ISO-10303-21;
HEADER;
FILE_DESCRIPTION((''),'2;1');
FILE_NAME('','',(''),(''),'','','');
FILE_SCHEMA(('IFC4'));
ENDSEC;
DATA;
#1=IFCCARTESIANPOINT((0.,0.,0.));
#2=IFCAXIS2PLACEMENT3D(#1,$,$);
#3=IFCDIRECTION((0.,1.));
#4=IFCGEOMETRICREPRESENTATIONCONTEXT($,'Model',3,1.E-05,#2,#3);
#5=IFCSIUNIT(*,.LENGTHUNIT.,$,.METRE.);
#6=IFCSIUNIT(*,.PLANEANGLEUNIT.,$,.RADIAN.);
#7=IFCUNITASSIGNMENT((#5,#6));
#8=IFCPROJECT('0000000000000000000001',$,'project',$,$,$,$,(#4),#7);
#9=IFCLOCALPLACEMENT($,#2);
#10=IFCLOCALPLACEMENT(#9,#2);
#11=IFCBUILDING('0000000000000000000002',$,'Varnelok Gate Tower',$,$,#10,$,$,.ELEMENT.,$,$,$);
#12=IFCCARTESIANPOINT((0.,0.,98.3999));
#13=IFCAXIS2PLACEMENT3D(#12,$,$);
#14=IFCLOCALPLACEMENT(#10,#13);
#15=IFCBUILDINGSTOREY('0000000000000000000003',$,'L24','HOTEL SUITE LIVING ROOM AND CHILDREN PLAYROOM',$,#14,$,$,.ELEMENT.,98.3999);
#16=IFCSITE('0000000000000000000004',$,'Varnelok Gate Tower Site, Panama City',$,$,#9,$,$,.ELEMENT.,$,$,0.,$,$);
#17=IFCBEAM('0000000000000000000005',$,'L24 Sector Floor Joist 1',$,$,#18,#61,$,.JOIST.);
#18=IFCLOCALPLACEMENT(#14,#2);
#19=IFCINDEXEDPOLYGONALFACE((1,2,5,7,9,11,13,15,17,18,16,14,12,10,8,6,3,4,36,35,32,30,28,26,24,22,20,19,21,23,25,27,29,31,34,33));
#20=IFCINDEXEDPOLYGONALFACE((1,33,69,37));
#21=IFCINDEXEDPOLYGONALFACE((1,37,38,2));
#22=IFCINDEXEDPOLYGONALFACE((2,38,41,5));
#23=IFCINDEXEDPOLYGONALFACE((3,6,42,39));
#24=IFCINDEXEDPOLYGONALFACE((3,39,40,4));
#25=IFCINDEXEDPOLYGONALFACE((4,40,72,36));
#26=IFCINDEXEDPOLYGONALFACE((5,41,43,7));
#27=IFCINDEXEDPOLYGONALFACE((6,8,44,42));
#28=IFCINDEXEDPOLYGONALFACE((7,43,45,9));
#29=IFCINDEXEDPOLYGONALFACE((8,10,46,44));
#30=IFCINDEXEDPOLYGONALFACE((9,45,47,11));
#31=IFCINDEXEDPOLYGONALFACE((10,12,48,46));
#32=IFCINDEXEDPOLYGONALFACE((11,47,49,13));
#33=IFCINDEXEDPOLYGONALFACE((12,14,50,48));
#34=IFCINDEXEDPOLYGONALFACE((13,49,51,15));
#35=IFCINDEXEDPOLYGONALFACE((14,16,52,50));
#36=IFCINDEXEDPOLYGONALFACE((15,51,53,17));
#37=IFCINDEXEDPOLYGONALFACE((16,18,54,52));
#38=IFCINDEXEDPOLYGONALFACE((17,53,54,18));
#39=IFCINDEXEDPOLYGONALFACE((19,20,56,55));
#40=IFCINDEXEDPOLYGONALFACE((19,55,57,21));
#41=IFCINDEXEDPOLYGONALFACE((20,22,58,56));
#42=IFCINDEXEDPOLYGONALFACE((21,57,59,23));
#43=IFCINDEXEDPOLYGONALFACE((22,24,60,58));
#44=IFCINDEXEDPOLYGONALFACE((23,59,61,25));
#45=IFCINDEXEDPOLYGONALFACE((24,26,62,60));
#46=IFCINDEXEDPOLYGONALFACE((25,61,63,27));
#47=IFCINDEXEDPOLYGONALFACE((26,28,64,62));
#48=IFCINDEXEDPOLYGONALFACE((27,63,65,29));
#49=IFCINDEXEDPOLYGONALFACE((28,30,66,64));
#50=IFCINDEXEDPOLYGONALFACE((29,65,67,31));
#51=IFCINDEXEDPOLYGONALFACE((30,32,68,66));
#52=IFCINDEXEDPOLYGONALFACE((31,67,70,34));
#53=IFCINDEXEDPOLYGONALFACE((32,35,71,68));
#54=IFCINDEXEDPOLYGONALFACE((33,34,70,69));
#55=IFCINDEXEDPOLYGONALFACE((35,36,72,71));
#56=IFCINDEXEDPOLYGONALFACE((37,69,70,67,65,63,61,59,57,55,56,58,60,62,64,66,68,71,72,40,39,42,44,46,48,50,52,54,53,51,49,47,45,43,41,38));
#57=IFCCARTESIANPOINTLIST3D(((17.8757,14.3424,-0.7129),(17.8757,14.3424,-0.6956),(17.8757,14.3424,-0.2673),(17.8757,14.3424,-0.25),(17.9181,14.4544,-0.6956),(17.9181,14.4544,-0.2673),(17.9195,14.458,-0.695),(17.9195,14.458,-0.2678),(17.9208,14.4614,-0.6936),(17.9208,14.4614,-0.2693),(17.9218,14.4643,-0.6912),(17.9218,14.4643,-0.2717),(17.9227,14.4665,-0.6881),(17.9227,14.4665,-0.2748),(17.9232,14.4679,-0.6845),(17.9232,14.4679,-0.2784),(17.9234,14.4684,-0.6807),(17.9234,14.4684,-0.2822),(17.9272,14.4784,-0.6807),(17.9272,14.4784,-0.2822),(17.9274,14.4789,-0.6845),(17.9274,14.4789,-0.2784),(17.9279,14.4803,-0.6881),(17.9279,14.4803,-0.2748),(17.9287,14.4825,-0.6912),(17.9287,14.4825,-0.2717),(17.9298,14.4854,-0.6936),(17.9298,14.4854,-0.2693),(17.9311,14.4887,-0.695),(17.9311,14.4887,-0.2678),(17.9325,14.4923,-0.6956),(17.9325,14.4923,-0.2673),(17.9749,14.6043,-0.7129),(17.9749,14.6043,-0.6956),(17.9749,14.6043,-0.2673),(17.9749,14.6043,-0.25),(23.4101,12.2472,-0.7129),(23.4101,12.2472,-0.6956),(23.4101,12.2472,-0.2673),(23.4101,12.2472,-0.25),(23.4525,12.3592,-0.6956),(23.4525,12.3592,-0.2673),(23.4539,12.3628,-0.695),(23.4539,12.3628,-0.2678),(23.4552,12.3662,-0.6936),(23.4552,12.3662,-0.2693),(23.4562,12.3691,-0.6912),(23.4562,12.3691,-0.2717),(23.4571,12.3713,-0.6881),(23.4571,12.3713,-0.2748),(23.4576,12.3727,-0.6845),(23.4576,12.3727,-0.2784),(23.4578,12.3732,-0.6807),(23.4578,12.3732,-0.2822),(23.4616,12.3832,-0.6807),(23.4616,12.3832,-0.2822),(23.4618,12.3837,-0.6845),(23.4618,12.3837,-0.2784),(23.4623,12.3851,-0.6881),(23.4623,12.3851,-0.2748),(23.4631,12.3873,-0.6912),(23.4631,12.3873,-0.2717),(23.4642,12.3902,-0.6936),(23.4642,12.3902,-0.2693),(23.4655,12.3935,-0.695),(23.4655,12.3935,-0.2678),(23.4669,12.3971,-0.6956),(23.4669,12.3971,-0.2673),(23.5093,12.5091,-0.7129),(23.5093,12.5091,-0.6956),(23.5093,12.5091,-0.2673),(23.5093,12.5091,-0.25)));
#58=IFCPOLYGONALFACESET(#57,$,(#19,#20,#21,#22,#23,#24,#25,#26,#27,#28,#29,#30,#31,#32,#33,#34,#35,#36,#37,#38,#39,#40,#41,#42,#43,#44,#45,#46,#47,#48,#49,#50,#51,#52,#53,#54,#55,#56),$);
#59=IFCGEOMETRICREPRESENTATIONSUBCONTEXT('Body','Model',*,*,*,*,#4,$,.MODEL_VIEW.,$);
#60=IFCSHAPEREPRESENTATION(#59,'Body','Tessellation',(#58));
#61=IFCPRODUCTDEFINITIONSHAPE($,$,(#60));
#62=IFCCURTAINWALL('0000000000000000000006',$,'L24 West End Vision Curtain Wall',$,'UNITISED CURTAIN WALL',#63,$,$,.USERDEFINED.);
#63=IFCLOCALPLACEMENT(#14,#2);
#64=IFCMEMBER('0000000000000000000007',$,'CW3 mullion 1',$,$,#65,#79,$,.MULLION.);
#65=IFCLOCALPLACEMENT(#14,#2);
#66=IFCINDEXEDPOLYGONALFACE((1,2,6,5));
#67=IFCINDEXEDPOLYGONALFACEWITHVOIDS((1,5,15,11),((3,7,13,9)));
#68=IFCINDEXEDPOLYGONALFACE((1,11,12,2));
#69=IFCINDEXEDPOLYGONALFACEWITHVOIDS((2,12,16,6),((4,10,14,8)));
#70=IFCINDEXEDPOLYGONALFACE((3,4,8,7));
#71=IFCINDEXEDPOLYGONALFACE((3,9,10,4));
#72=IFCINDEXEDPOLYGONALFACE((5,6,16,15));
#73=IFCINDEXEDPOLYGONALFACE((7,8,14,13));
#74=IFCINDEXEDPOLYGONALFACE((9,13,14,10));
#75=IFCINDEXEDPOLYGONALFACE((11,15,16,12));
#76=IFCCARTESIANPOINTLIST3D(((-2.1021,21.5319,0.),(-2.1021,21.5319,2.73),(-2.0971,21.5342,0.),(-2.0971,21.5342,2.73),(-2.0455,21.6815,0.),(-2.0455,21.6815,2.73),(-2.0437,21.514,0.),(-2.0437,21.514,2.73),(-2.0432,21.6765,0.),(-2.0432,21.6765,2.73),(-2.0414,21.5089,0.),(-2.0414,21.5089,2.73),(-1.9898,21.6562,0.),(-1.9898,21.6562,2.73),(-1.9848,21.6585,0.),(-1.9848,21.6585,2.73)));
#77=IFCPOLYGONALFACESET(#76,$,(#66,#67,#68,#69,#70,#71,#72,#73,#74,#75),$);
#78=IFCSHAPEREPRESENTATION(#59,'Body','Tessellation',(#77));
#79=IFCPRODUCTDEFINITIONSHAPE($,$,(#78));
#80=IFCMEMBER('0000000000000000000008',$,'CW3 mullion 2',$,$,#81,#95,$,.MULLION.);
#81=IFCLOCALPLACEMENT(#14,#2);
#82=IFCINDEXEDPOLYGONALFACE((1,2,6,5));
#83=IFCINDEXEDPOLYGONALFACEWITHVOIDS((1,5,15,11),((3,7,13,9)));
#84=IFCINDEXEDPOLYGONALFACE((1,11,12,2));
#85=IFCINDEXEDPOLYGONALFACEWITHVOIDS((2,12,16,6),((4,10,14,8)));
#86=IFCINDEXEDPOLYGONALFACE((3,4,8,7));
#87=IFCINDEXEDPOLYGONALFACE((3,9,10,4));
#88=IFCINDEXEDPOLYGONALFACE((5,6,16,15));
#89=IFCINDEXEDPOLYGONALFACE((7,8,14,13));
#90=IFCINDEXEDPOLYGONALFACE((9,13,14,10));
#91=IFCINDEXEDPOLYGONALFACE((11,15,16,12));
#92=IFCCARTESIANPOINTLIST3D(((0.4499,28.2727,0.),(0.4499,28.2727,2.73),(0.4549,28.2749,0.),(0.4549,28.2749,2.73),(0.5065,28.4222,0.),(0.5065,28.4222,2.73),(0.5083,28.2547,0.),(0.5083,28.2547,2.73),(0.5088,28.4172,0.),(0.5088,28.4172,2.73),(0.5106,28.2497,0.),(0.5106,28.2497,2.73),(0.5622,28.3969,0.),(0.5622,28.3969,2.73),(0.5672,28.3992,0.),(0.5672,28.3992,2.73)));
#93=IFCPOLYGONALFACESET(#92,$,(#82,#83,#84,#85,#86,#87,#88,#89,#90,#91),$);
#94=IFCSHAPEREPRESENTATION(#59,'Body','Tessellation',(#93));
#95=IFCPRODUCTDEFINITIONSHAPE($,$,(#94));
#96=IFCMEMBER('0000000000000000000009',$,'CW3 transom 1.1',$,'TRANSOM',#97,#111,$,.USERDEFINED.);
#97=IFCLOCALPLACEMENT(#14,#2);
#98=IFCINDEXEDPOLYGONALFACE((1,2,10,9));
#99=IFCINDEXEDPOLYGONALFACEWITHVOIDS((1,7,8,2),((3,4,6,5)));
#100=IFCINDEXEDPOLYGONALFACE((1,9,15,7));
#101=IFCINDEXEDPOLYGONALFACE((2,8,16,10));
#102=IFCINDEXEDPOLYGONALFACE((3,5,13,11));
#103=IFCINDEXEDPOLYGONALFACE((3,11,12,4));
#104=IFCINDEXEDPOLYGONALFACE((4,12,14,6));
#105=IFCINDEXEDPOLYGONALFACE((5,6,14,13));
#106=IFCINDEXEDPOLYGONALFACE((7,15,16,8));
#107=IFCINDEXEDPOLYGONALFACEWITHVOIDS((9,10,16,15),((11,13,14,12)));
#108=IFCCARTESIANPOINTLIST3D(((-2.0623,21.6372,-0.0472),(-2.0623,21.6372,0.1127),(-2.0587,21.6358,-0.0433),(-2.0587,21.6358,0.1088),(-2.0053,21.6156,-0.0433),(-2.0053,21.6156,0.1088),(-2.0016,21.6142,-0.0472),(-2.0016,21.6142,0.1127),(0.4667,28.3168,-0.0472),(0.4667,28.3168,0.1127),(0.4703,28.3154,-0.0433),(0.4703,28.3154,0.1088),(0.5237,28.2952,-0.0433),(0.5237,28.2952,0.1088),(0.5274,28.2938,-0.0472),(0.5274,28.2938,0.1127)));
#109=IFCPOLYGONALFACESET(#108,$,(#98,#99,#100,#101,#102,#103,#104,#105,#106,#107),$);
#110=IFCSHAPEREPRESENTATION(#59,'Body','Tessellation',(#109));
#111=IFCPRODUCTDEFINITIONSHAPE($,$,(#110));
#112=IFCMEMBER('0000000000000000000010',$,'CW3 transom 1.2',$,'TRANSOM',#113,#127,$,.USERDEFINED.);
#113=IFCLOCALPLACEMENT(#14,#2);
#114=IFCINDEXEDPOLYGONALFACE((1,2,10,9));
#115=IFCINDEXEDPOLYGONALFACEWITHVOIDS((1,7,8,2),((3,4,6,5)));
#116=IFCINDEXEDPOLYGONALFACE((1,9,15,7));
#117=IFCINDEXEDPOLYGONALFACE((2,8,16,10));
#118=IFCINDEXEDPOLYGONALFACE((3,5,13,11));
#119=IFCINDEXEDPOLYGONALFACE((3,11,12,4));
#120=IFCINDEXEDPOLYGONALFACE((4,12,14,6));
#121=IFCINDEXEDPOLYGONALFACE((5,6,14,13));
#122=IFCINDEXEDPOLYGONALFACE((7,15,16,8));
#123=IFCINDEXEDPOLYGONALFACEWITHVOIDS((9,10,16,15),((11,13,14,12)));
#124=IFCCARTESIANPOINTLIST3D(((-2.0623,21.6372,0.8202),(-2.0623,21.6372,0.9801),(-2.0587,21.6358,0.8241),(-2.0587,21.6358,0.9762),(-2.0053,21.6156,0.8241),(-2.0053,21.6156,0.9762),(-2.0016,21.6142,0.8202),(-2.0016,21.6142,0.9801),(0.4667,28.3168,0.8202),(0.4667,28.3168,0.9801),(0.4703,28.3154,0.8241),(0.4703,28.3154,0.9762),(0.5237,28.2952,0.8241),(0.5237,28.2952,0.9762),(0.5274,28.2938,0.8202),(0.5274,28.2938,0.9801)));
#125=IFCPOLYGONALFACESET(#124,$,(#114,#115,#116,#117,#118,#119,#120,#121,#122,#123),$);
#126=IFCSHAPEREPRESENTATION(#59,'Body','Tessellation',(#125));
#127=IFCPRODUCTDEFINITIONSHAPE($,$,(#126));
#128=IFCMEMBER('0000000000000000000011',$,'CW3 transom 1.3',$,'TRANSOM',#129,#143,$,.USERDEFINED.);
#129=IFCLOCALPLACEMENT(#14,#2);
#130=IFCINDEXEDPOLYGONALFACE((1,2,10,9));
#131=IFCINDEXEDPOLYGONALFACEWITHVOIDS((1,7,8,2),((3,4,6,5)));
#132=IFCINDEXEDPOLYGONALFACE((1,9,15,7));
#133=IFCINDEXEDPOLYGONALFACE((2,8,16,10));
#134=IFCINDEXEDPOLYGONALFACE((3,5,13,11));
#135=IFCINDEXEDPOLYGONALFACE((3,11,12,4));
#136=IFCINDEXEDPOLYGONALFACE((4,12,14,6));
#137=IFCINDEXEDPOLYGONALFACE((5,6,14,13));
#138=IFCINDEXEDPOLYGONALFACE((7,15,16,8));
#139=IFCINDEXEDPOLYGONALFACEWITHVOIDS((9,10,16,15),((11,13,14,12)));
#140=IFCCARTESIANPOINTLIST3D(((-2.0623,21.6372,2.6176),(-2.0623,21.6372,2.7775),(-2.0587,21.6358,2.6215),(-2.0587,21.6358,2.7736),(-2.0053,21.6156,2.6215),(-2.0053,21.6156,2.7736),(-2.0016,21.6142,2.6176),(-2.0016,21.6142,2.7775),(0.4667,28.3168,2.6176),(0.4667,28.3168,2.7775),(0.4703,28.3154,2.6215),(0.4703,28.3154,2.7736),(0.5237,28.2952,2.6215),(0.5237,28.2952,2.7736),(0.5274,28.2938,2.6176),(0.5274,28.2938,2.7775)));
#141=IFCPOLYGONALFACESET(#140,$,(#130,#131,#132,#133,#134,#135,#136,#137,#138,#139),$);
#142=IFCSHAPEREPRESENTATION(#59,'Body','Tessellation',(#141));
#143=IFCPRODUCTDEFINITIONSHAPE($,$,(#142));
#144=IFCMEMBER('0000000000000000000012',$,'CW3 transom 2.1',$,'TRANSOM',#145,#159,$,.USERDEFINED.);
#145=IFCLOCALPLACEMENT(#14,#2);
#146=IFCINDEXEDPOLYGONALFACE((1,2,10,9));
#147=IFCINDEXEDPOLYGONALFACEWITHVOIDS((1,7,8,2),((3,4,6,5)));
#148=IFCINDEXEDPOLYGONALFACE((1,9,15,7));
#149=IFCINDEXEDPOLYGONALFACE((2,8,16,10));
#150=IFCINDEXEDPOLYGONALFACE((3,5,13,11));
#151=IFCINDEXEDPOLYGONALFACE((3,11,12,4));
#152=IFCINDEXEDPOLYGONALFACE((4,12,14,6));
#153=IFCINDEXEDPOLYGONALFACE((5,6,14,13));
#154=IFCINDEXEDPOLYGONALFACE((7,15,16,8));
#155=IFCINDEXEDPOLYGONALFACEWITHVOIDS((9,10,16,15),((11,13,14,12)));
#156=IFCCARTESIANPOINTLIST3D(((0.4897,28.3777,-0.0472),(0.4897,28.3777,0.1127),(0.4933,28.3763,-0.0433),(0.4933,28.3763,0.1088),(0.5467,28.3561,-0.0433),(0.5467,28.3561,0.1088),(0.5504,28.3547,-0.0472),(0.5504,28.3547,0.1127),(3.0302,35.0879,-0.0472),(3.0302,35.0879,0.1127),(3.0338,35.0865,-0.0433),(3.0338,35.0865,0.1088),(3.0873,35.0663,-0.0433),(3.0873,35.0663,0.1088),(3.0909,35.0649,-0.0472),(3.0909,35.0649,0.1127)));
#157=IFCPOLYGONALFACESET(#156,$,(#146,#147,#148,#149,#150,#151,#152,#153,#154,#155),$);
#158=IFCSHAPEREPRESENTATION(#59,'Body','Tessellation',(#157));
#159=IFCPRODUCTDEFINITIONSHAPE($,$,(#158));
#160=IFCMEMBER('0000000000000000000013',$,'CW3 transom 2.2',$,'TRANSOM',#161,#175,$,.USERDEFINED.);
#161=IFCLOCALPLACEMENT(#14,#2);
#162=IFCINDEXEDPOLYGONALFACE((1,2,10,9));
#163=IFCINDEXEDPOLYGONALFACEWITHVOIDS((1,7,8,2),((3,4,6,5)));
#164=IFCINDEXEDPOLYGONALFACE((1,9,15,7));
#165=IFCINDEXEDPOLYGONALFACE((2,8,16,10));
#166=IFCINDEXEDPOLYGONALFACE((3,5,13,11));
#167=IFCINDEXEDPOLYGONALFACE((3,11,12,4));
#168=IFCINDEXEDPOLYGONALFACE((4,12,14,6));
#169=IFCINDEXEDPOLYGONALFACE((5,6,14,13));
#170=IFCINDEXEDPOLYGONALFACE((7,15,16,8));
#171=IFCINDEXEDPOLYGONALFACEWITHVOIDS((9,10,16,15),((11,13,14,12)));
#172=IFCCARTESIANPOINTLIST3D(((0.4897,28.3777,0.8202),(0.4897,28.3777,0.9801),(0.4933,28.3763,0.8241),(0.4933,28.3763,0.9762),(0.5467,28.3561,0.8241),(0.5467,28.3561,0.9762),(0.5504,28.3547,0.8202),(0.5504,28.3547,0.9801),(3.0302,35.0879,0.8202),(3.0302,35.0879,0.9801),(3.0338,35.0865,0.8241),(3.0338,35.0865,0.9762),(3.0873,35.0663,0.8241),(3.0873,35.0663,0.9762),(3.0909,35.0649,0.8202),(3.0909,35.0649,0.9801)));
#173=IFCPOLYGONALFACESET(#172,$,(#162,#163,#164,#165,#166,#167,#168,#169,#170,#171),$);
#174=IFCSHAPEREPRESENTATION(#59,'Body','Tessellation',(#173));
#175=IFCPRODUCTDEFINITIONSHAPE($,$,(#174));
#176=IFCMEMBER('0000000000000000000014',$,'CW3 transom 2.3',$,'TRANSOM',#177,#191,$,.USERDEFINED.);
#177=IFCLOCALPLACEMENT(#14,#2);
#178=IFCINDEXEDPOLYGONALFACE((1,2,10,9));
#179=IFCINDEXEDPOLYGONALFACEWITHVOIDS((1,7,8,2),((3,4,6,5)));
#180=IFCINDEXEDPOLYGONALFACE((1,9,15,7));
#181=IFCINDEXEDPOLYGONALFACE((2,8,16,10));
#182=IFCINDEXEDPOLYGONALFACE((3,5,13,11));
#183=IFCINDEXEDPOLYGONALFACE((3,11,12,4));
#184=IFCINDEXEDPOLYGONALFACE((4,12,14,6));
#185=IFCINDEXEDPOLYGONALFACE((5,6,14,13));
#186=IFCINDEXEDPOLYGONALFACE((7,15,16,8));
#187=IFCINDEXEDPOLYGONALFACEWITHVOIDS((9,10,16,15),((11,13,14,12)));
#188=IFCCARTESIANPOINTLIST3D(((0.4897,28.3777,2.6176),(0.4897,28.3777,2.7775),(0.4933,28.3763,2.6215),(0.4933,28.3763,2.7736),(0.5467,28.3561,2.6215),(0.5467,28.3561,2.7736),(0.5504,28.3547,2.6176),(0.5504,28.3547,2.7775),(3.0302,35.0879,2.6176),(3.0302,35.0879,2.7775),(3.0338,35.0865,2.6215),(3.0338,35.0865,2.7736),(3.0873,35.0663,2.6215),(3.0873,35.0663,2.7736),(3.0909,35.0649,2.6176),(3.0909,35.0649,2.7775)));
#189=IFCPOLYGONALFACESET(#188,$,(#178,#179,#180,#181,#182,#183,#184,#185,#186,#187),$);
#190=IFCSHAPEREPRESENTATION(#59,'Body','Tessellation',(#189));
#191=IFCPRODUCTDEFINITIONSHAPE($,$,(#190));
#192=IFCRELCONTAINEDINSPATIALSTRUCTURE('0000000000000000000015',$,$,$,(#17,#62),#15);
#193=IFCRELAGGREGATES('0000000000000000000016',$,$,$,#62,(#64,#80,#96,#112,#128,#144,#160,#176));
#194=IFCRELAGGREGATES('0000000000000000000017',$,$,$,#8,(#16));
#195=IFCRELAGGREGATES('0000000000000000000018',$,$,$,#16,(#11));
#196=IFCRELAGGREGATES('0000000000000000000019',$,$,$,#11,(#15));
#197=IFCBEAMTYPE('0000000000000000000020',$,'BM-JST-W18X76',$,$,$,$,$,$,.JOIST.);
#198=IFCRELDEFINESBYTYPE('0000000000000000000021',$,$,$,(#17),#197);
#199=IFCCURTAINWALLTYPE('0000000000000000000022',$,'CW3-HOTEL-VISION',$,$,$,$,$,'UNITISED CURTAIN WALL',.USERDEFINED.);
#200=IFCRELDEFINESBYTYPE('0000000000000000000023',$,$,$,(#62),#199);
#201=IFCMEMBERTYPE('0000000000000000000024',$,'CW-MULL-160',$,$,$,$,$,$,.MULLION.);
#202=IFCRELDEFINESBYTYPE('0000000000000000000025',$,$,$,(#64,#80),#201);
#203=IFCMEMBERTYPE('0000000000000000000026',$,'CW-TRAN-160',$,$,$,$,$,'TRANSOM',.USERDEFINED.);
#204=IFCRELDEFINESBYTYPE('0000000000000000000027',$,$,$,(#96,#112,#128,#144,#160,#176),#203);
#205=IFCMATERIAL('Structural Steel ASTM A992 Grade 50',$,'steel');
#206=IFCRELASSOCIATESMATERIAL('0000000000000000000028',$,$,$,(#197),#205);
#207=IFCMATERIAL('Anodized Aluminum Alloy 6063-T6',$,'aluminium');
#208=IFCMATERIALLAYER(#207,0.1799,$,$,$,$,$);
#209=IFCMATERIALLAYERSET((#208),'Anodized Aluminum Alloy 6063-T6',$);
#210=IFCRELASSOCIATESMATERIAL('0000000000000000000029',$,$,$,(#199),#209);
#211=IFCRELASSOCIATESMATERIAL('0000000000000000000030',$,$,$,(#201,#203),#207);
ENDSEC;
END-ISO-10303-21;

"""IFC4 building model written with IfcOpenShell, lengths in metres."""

from ifc_helpers import new_model, si_unit, direction, frame, origin, origin_2d, place, context, subcontext, project, spatial, hollow_rectangle, i_section, extrude, material, layer, layer_set, material_profile, profile_set, type_object, element, aggregate, save


model = new_model("IFC4")

# Units and contexts
model_context = context("Model", 3, precision=1e-05, world=origin(), true_north=direction((0.0, 1.0)))
body_context = subcontext(model_context, "Body", "Model", "MODEL_VIEW")
ifc_project = project(units=[si_unit("LENGTHUNIT", "METRE"), si_unit("PLANEANGLEUNIT", "RADIAN")], contexts=[model_context])

# Site, building, storey
site_placement = place(None, origin())
site = spatial("IfcSite", under=ifc_project, at=site_placement, Name="Varnelok Gate Tower Site, Panama City", CompositionType="ELEMENT", RefElevation=0.0)
building_placement = place(site_placement, origin())
building = spatial("IfcBuilding", under=site, at=building_placement, Name="Varnelok Gate Tower", CompositionType="ELEMENT")
storey_placement = place(building_placement, frame((0.0, 0.0, 98.3999)))
storey = spatial("IfcBuildingStorey", under=building, at=storey_placement, Name="L24", Description="HOTEL SUITE LIVING ROOM AND CHILDREN PLAYROOM", CompositionType="ELEMENT", Elevation=98.3999)

# Beam
ifc_material_1 = material(Name="Structural Steel ASTM A992 Grade 50", Category="steel")
ifc_material_profile_1 = material_profile(ifc_material_1, i_section(OverallWidth=0.28, OverallDepth=0.4629, WebThickness=0.0107, FlangeThickness=0.0173, FilletRadius=0.0149, at=origin_2d()), Name="W18X76")
ifc_profile_set_1 = profile_set([ifc_material_profile_1], Name="Structural Steel ASTM A992 Grade 50")
beam_type = type_object("IfcBeamType", Name="BM-JST-W18X76", PredefinedType="JOIST", material=ifc_profile_set_1)
beam_placement = place(storey_placement, frame((17.9253, 14.4734, -0.4814), z_axis=(0.935224, -0.354056, 0.0), x_axis=(0.354056, 0.935224, 0.0)))
element("IfcBeam", 1, at=beam_placement, inside=storey, type_object=beam_type, Name="L24 Sector Floor Joist 1", PredefinedType="JOIST", context=body_context, shape_type="SweptSolid", body=[
    extrude(i_section(OverallWidth=0.28, OverallDepth=0.4629, WebThickness=0.0107, FlangeThickness=0.0173, FilletRadius=0.0149, at=origin_2d()), origin(), (0.0, 0.0, 1.0), 5.9177),
])

# Curtain wall, members
ifc_material_2 = material(Name="Anodized Aluminum Alloy 6063-T6", Category="aluminium")
ifc_layer_1 = layer(ifc_material_2, 0.1799)
ifc_layer_set_1 = layer_set([ifc_layer_1], Name="Anodized Aluminum Alloy 6063-T6")
curtain_wall_type = type_object("IfcCurtainWallType", Name="CW3-HOTEL-VISION", ElementType="UNITISED CURTAIN WALL", PredefinedType="USERDEFINED", material=ifc_layer_set_1)
curtain_wall_placement = place(storey_placement, origin())
curtain_wall = element("IfcCurtainWall", 2, at=curtain_wall_placement, inside=storey, type_object=curtain_wall_type, Name="L24 West End Vision Curtain Wall", ObjectType="UNITISED CURTAIN WALL", PredefinedType="USERDEFINED")
ifc_material_profile_2 = material_profile(ifc_material_2, hollow_rectangle(XDim=0.0649, YDim=0.1599, WallThickness=0.0039, at=origin_2d()), Name="ALU160X65X4")
ifc_profile_set_2 = profile_set([ifc_material_profile_2], Name="Anodized Aluminum Alloy 6063-T6")
member_type_1 = type_object("IfcMemberType", Name="CW-MULL-160", PredefinedType="MULLION", material=ifc_profile_set_2)
member_1_placement = place(storey_placement, frame((-2.0435, 21.5952, 0.0), z_axis=(0.0, 0.0, 1.0), x_axis=(-0.935221, 0.354064, 0.0)))
member_1 = element("IfcMember", 3, at=member_1_placement, type_object=member_type_1, Name="CW3 mullion 1", PredefinedType="MULLION", context=body_context, shape_type="SweptSolid", body=[
    extrude(hollow_rectangle(XDim=0.0649, YDim=0.1599, WallThickness=0.0039, at=origin_2d()), origin(), (0.0, 0.0, 1.0), 2.73),
])
member_2_placement = place(storey_placement, frame((0.5085, 28.3359, 0.0), z_axis=(0.0, 0.0, 1.0), x_axis=(-0.935221, 0.354064, 0.0)))
member_2 = element("IfcMember", 4, at=member_2_placement, type_object=member_type_1, Name="CW3 mullion 2", PredefinedType="MULLION", context=body_context, shape_type="SweptSolid", body=[
    extrude(hollow_rectangle(XDim=0.0649, YDim=0.1599, WallThickness=0.0039, at=origin_2d()), origin(), (0.0, 0.0, 1.0), 2.73),
])
ifc_material_profile_3 = material_profile(ifc_material_2, hollow_rectangle(XDim=0.0649, YDim=0.1599, WallThickness=0.0039, at=origin_2d()), Name="ALU160X65X4")
ifc_profile_set_3 = profile_set([ifc_material_profile_3], Name="Anodized Aluminum Alloy 6063-T6")
member_type_2 = type_object("IfcMemberType", Name="CW-TRAN-160", ElementType="TRANSOM", PredefinedType="USERDEFINED", material=ifc_profile_set_3)
member_3_placement = place(storey_placement, frame((-2.032, 21.6257, 0.0327), z_axis=(0.354088, 0.935212, 0.0), x_axis=(-0.935212, 0.354088, 0.0)))
member_3 = element("IfcMember", 5, at=member_3_placement, type_object=member_type_2, Name="CW3 transom 1.1", ObjectType="TRANSOM", PredefinedType="USERDEFINED", context=body_context, shape_type="SweptSolid", body=[
    extrude(hollow_rectangle(XDim=0.0649, YDim=0.1599, WallThickness=0.0039, at=origin_2d()), origin(), (0.0, 0.0, 1.0), 7.1423),
])
member_4_placement = place(storey_placement, frame((-2.032, 21.6257, 0.9001), z_axis=(0.354088, 0.935212, 0.0), x_axis=(-0.935212, 0.354088, 0.0)))
member_4 = element("IfcMember", 6, at=member_4_placement, type_object=member_type_2, Name="CW3 transom 1.2", ObjectType="TRANSOM", PredefinedType="USERDEFINED", context=body_context, shape_type="SweptSolid", body=[
    extrude(hollow_rectangle(XDim=0.0649, YDim=0.1599, WallThickness=0.0039, at=origin_2d()), origin(), (0.0, 0.0, 1.0), 7.1423),
])
member_5_placement = place(storey_placement, frame((-2.032, 21.6257, 2.6975), z_axis=(0.354088, 0.935212, 0.0), x_axis=(-0.935212, 0.354088, 0.0)))
member_5 = element("IfcMember", 7, at=member_5_placement, type_object=member_type_2, Name="CW3 transom 1.3", ObjectType="TRANSOM", PredefinedType="USERDEFINED", context=body_context, shape_type="SweptSolid", body=[
    extrude(hollow_rectangle(XDim=0.0649, YDim=0.1599, WallThickness=0.0039, at=origin_2d()), origin(), (0.0, 0.0, 1.0), 7.1423),
])
member_6_placement = place(storey_placement, frame((0.52, 28.3662, 0.0327), z_axis=(0.354079, 0.935216, 0.0), x_axis=(-0.935216, 0.354079, 0.0)))
member_6 = element("IfcMember", 8, at=member_6_placement, type_object=member_type_2, Name="CW3 transom 2.1", ObjectType="TRANSOM", PredefinedType="USERDEFINED", context=body_context, shape_type="SweptSolid", body=[
    extrude(hollow_rectangle(XDim=0.0649, YDim=0.1599, WallThickness=0.0039, at=origin_2d()), origin(), (0.0, 0.0, 1.0), 7.175),
])
member_7_placement = place(storey_placement, frame((0.52, 28.3662, 0.9001), z_axis=(0.354079, 0.935216, 0.0), x_axis=(-0.935216, 0.354079, 0.0)))
member_7 = element("IfcMember", 9, at=member_7_placement, type_object=member_type_2, Name="CW3 transom 2.2", ObjectType="TRANSOM", PredefinedType="USERDEFINED", context=body_context, shape_type="SweptSolid", body=[
    extrude(hollow_rectangle(XDim=0.0649, YDim=0.1599, WallThickness=0.0039, at=origin_2d()), origin(), (0.0, 0.0, 1.0), 7.175),
])
member_8_placement = place(storey_placement, frame((0.52, 28.3662, 2.6975), z_axis=(0.354079, 0.935216, 0.0), x_axis=(-0.935216, 0.354079, 0.0)))
member_8 = element("IfcMember", 10, at=member_8_placement, type_object=member_type_2, Name="CW3 transom 2.3", ObjectType="TRANSOM", PredefinedType="USERDEFINED", context=body_context, shape_type="SweptSolid", body=[
    extrude(hollow_rectangle(XDim=0.0649, YDim=0.1599, WallThickness=0.0039, at=origin_2d()), origin(), (0.0, 0.0, 1.0), 7.175),
])
aggregate(curtain_wall, [member_1, member_2, member_3, member_4, member_5, member_6, member_7, member_8])

save(model, "model.ifc")
